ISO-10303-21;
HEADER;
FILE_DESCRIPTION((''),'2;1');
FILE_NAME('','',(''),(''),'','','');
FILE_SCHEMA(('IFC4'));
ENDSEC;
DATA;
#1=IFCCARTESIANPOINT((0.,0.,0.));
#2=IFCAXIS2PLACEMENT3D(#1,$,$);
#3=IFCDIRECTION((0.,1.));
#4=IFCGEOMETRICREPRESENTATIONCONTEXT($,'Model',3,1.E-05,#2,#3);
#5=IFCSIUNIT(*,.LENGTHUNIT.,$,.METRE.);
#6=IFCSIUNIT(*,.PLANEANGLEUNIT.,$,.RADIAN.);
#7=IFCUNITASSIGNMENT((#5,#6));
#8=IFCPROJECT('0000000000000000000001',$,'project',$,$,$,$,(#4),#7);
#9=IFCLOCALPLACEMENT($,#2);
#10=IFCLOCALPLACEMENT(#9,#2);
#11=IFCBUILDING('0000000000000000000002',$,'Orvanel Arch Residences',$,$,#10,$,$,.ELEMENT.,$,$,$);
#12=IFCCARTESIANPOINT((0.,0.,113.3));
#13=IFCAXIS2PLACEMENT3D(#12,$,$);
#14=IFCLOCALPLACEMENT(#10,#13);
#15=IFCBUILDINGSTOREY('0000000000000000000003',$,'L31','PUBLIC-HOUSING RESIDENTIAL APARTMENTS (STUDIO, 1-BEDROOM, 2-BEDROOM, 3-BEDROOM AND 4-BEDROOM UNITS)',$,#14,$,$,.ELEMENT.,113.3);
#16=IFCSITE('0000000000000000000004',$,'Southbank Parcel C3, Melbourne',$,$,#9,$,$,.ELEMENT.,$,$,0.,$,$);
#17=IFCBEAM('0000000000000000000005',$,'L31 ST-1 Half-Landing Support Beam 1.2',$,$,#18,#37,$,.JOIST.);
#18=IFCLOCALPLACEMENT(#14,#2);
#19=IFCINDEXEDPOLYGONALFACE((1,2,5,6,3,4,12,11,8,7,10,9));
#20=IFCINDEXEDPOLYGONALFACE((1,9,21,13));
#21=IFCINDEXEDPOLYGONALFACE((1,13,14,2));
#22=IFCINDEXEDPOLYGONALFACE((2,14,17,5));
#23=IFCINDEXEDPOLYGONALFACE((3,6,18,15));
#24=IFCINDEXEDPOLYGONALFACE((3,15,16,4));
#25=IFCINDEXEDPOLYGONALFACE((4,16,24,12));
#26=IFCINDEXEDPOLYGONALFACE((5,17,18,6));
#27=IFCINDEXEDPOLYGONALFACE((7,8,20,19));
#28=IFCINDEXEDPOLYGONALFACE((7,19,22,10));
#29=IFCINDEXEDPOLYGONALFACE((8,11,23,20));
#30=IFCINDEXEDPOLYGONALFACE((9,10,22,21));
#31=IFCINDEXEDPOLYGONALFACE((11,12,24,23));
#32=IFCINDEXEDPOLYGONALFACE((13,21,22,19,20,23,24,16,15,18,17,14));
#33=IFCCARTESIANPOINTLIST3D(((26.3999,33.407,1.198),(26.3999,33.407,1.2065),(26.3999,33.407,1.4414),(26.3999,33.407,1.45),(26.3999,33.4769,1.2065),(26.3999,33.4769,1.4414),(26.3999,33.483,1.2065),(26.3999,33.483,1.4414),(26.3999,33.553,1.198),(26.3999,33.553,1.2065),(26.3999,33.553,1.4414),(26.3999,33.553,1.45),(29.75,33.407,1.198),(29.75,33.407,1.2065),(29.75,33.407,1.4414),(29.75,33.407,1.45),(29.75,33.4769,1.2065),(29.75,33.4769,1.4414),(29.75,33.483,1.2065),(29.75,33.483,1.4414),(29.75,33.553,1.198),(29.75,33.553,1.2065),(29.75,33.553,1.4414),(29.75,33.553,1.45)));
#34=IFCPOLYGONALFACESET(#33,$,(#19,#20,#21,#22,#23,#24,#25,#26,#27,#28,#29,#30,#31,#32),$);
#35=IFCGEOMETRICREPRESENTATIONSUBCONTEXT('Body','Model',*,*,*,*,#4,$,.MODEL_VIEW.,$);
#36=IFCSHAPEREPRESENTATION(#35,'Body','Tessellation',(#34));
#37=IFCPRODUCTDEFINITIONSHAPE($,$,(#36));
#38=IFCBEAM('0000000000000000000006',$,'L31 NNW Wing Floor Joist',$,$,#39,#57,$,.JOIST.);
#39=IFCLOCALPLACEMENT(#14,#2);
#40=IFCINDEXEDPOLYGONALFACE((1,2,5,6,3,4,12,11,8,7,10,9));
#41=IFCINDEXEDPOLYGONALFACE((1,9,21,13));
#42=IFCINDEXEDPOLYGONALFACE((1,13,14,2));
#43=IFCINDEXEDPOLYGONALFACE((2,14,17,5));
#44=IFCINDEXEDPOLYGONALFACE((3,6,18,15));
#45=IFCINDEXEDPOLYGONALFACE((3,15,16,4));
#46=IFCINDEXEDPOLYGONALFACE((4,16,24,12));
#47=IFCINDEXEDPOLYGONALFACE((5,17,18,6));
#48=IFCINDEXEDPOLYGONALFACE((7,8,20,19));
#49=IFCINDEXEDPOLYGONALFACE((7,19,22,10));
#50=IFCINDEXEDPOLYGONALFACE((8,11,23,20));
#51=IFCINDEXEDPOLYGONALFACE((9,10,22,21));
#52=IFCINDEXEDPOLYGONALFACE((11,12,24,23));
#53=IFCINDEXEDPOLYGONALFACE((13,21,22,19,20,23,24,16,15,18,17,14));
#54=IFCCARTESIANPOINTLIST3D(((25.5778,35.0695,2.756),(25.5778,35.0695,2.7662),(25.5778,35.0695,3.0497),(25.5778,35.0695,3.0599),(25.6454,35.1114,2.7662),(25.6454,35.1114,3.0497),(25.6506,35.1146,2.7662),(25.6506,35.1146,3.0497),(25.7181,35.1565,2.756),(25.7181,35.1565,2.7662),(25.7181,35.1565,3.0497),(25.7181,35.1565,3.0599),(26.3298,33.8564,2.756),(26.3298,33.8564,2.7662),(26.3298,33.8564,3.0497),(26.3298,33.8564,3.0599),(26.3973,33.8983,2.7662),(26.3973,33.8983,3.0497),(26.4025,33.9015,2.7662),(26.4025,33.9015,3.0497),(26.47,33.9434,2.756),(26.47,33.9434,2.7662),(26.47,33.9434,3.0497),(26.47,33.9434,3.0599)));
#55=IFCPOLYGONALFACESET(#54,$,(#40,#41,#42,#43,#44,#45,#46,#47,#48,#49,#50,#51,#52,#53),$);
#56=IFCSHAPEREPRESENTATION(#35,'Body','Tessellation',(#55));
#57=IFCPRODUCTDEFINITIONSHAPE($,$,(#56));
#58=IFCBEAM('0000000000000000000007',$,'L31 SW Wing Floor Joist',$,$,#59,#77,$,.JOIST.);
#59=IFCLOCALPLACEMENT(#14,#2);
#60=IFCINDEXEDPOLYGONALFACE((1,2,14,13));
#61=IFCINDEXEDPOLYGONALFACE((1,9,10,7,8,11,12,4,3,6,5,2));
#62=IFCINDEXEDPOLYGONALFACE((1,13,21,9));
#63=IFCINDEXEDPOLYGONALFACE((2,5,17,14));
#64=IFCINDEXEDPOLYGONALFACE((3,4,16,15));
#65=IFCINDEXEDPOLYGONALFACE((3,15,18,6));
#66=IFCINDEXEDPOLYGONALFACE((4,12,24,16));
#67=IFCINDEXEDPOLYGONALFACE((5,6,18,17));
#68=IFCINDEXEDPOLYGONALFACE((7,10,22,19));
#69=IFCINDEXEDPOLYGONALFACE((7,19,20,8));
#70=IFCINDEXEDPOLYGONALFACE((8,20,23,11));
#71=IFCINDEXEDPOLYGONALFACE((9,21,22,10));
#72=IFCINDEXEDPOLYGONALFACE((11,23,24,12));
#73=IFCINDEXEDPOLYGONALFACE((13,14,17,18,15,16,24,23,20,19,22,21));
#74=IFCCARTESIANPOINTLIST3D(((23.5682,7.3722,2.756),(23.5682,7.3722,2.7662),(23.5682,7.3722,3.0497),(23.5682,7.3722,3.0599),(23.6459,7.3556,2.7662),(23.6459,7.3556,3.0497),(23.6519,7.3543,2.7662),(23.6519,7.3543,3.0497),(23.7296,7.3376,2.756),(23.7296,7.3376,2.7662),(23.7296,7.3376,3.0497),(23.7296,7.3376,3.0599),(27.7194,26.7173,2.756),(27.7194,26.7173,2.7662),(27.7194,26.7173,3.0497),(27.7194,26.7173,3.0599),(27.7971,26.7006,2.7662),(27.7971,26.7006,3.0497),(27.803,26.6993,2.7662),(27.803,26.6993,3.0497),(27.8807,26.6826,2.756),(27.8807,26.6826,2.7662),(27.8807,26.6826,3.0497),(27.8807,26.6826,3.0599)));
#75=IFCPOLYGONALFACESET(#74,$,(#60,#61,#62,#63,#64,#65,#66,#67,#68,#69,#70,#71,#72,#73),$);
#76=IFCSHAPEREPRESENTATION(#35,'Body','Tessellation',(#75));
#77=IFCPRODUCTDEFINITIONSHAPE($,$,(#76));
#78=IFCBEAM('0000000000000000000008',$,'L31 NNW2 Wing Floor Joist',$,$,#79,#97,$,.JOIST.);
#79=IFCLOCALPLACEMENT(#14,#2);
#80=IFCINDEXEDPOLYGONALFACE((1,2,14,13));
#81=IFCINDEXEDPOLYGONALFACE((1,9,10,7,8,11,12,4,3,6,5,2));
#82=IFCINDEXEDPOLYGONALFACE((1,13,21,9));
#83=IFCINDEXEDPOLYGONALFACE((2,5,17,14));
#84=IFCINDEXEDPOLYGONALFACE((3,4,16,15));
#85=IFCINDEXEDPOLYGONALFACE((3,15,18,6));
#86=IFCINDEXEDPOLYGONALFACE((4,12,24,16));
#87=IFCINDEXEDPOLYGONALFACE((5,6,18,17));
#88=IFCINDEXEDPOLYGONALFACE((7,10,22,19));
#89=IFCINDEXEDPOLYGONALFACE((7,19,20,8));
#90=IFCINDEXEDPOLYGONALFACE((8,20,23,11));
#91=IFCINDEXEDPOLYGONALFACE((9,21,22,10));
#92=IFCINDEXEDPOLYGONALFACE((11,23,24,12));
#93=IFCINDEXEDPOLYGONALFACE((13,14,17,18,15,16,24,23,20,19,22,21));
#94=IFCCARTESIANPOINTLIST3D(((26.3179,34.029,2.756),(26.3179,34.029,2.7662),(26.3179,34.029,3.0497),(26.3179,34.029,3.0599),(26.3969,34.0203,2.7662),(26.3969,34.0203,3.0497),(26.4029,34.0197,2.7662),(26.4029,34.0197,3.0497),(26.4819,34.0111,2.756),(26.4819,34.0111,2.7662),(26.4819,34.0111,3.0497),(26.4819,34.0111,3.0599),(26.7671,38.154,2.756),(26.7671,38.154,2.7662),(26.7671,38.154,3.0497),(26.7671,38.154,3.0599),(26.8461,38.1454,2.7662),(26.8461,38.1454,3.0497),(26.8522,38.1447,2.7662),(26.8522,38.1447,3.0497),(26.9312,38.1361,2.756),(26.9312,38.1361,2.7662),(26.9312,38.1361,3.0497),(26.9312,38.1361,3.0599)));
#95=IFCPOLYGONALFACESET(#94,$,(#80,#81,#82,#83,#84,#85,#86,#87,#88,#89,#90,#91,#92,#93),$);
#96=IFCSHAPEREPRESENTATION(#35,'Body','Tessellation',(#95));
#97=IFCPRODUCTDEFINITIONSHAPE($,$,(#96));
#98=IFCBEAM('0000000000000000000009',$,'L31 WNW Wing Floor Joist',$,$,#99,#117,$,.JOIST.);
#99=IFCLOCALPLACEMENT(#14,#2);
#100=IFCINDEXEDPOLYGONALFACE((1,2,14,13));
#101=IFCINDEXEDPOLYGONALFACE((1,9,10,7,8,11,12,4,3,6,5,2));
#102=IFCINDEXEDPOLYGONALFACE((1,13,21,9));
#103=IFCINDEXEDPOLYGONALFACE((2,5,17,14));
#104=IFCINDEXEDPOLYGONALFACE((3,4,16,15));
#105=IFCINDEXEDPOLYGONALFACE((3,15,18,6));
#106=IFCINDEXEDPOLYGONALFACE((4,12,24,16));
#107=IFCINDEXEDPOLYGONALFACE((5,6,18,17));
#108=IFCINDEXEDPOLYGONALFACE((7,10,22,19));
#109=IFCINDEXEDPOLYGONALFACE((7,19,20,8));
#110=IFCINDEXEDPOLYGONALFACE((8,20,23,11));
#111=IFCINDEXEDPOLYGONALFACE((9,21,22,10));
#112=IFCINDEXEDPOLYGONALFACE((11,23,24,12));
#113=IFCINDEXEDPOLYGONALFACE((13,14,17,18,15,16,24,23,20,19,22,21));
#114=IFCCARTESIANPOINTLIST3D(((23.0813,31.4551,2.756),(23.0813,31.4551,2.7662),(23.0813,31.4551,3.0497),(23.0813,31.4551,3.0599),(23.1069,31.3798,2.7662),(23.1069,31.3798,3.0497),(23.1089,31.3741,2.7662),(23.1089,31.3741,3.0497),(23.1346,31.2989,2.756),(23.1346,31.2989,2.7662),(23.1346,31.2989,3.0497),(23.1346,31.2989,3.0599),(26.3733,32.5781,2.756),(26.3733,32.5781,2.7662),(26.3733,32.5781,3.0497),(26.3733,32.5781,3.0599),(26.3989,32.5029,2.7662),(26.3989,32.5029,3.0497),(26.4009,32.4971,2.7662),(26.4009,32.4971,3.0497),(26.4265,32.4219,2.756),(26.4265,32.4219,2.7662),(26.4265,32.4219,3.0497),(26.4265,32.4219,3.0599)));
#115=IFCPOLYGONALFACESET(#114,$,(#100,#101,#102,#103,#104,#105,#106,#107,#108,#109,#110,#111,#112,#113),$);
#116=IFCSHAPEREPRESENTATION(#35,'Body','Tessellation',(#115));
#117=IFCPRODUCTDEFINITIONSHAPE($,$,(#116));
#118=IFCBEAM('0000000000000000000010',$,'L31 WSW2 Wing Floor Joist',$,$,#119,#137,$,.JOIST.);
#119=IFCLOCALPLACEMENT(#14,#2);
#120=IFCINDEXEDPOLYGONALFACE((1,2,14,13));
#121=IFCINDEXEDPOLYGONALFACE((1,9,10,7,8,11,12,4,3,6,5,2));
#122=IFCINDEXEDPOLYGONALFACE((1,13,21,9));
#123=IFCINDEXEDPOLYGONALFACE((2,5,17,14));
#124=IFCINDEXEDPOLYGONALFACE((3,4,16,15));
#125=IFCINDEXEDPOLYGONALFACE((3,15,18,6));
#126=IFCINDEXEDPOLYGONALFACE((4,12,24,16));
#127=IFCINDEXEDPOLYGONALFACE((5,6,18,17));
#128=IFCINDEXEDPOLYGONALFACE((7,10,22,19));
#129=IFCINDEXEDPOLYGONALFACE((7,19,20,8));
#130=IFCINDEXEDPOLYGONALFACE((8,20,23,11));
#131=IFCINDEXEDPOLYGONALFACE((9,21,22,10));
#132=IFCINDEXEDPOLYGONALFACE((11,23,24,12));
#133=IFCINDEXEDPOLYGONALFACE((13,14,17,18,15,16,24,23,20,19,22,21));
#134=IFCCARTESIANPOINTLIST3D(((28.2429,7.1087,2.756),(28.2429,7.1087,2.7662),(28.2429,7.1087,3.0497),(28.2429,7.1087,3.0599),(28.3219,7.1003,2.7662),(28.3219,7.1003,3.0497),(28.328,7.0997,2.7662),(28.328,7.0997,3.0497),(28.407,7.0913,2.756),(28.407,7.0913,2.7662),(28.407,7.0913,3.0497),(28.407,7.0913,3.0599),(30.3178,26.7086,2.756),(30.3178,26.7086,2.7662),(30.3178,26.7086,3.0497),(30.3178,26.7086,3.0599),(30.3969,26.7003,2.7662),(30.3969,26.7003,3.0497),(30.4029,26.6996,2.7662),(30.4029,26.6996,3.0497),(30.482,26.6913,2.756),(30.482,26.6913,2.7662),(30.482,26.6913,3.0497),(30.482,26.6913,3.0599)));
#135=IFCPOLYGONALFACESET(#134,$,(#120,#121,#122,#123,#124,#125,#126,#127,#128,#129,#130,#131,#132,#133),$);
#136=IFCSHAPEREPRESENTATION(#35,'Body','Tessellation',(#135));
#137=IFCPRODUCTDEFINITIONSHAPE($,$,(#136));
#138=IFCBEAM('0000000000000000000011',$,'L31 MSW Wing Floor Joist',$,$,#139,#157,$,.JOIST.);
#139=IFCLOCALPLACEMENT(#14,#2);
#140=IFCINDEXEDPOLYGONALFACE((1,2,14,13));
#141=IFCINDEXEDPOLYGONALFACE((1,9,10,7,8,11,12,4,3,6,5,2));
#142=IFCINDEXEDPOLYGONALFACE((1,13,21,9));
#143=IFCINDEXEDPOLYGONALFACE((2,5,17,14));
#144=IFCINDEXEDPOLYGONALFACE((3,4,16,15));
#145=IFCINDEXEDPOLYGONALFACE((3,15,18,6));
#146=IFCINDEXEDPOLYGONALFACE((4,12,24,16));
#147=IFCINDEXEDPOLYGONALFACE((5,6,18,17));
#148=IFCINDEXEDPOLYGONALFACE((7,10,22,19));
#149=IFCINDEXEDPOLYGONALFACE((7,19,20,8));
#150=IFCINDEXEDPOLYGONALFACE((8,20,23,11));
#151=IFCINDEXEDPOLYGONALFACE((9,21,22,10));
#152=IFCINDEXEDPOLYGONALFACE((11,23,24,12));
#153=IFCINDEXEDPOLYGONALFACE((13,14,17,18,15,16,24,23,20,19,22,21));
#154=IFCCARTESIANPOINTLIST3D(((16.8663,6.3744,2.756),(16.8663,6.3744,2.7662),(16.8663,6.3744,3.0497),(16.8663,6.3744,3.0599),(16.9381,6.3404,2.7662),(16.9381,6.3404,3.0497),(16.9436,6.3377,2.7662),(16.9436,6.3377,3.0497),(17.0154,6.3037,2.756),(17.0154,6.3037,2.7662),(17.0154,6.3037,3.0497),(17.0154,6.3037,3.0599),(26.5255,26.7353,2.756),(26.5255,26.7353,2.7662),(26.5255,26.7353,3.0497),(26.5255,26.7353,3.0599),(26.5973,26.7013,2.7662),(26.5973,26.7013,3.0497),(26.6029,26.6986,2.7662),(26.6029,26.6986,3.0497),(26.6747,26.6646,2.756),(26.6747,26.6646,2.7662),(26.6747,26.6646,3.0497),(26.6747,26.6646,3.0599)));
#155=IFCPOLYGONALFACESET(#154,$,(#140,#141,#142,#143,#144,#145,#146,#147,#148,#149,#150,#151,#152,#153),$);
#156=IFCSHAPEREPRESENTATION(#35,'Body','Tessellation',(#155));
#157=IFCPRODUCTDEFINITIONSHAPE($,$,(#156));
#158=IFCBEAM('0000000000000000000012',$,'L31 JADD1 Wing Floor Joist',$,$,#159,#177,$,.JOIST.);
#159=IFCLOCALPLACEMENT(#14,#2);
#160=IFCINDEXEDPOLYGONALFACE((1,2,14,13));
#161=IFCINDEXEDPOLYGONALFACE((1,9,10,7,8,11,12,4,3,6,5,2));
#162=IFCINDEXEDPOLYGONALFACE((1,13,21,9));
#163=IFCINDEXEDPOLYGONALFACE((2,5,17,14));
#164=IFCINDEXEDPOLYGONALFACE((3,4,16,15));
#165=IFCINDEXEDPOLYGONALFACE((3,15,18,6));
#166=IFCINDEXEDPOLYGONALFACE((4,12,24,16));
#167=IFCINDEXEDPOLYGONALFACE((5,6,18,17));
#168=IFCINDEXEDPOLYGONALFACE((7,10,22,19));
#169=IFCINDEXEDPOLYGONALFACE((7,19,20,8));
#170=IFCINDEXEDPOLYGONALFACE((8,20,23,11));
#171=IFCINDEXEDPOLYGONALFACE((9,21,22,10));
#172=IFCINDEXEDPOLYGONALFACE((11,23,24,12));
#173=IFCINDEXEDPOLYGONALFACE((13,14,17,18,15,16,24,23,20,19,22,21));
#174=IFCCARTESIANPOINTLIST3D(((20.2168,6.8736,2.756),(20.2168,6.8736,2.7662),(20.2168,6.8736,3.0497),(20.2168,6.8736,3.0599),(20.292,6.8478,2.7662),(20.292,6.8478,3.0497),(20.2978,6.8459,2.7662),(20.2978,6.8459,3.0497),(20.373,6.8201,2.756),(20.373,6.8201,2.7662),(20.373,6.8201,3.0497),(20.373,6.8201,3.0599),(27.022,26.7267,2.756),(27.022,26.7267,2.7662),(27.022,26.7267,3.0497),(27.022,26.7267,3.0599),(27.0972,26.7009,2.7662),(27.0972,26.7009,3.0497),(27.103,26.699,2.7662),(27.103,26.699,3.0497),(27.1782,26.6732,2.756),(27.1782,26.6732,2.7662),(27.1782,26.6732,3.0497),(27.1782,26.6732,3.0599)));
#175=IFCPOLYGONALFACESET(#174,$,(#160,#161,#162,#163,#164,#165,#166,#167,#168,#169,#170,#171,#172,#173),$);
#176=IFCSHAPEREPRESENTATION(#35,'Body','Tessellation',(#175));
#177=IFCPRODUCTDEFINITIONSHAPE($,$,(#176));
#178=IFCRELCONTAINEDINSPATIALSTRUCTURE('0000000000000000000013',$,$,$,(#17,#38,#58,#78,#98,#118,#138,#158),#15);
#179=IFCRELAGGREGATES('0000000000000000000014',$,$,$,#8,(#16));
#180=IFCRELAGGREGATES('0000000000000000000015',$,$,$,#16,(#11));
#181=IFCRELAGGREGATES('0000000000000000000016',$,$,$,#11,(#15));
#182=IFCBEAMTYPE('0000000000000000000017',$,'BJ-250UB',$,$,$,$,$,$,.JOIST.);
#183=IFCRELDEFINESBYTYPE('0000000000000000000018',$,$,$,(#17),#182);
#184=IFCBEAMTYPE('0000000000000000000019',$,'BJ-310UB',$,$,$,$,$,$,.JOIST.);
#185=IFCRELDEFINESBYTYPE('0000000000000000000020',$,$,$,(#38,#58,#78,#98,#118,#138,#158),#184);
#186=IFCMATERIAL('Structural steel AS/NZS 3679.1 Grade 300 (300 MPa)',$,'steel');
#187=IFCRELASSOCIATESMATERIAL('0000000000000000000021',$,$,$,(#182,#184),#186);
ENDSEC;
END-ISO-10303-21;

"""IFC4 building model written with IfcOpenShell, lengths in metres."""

from ifc_helpers import new_model, si_unit, direction, frame, origin, origin_2d, place, context, subcontext, project, spatial, i_section, extrude, material, material_profile, profile_set, type_object, element, save


model = new_model("IFC4")

# Units and contexts
model_context = context("Model", 3, precision=1e-05, world=origin(), true_north=direction((0.0, 1.0)))
body_context = subcontext(model_context, "Body", "Model", "MODEL_VIEW")
ifc_project = project(units=[si_unit("LENGTHUNIT", "METRE"), si_unit("PLANEANGLEUNIT", "RADIAN")], contexts=[model_context])

# Site, building, storey
site_placement = place(None, origin())
site = spatial("IfcSite", under=ifc_project, at=site_placement, Name="Southbank Parcel C3, Melbourne", CompositionType="ELEMENT", RefElevation=0.0)
building_placement = place(site_placement, origin())
building = spatial("IfcBuilding", under=site, at=building_placement, Name="Orvanel Arch Residences", CompositionType="ELEMENT")
storey_placement = place(building_placement, frame((0.0, 0.0, 113.3)))
storey = spatial("IfcBuildingStorey", under=building, at=storey_placement, Name="L31", Description="PUBLIC-HOUSING RESIDENTIAL APARTMENTS (STUDIO, 1-BEDROOM, 2-BEDROOM, 3-BEDROOM AND 4-BEDROOM UNITS)", CompositionType="ELEMENT", Elevation=113.3)

# Beams
ifc_material_1 = material(Name="Structural steel AS/NZS 3679.1 Grade 300 (300 MPa)", Category="steel")
ifc_material_profile_1 = material_profile(ifc_material_1, i_section(OverallWidth=0.146, OverallDepth=0.252, WebThickness=0.0061, FlangeThickness=0.0085, at=origin_2d()), Name="250UB31.4")
ifc_profile_set_1 = profile_set([ifc_material_profile_1], Name="Structural steel AS/NZS 3679.1 Grade 300 (300 MPa)")
beam_type_1 = type_object("IfcBeamType", Name="BJ-250UB", PredefinedType="JOIST", material=ifc_profile_set_1)
beam_1_placement = place(storey_placement, frame((26.3999, 33.48, 1.324), z_axis=(1.0, 0.0, 0.0), x_axis=(0.0, 1.0, 0.0)))
element("IfcBeam", 1, at=beam_1_placement, inside=storey, type_object=beam_type_1, Name="L31 ST-1 Half-Landing Support Beam 1.2", PredefinedType="JOIST", context=body_context, shape_type="SweptSolid", body=[
    extrude(i_section(OverallWidth=0.146, OverallDepth=0.252, WebThickness=0.0061, FlangeThickness=0.0085, at=origin_2d()), origin(), (0.0, 0.0, 1.0), 3.3501),
])
ifc_material_profile_2 = material_profile(ifc_material_1, i_section(OverallWidth=0.165, OverallDepth=0.304, WebThickness=0.0061, FlangeThickness=0.0103, at=origin_2d()), Name="310UB40.4")
ifc_profile_set_2 = profile_set([ifc_material_profile_2], Name="Structural steel AS/NZS 3679.1 Grade 300 (300 MPa)")
beam_type_2 = type_object("IfcBeamType", Name="BJ-310UB", PredefinedType="JOIST", material=ifc_profile_set_2)
beam_2_placement = place(storey_placement, frame((26.3999, 33.8999, 2.908), z_axis=(-0.526843, 0.849962, 0.0), x_axis=(-0.849962, -0.526843, 0.0)))
element("IfcBeam", 2, at=beam_2_placement, inside=storey, type_object=beam_type_2, Name="L31 NNW Wing Floor Joist", PredefinedType="JOIST", context=body_context, shape_type="SweptSolid", body=[
    extrude(i_section(OverallWidth=0.165, OverallDepth=0.304, WebThickness=0.0061, FlangeThickness=0.0103, at=origin_2d()), origin(), (0.0, 0.0, 1.0), 1.4272),
])
beam_3_placement = place(storey_placement, frame((27.8, 26.7, 2.908), z_axis=(-0.209808, -0.977743, 0.0), x_axis=(0.977743, -0.209808, 0.0)))
element("IfcBeam", 3, at=beam_3_placement, inside=storey, type_object=beam_type_2, Name="L31 SW Wing Floor Joist", PredefinedType="JOIST", context=body_context, shape_type="SweptSolid", body=[
    extrude(i_section(OverallWidth=0.165, OverallDepth=0.304, WebThickness=0.0061, FlangeThickness=0.0103, at=origin_2d()), origin(), (0.0, 0.0, 1.0), 19.7854),
])
beam_4_placement = place(storey_placement, frame((26.3999, 34.02, 2.908), z_axis=(0.108261, 0.994122, 0.0), x_axis=(-0.994122, 0.108261, 0.0)))
element("IfcBeam", 4, at=beam_4_placement, inside=storey, type_object=beam_type_2, Name="L31 NNW2 Wing Floor Joist", PredefinedType="JOIST", context=body_context, shape_type="SweptSolid", body=[
    extrude(i_section(OverallWidth=0.165, OverallDepth=0.304, WebThickness=0.0061, FlangeThickness=0.0103, at=origin_2d()), origin(), (0.0, 0.0, 1.0), 4.1494),
])
beam_5_placement = place(storey_placement, frame((26.3999, 32.5, 2.908), z_axis=(-0.946442, -0.322874, 0.0), x_axis=(0.322874, -0.946442, 0.0)))
element("IfcBeam", 5, at=beam_5_placement, inside=storey, type_object=beam_type_2, Name="L31 WNW Wing Floor Joist", PredefinedType="JOIST", context=body_context, shape_type="SweptSolid", body=[
    extrude(i_section(OverallWidth=0.165, OverallDepth=0.304, WebThickness=0.0061, FlangeThickness=0.0103, at=origin_2d()), origin(), (0.0, 0.0, 1.0), 3.4783),
])
beam_6_placement = place(storey_placement, frame((30.3999, 26.7, 2.908), z_axis=(-0.105277, -0.994443, 0.0), x_axis=(0.994443, -0.105277, 0.0)))
element("IfcBeam", 6, at=beam_6_placement, inside=storey, type_object=beam_type_2, Name="L31 WSW2 Wing Floor Joist", PredefinedType="JOIST", context=body_context, shape_type="SweptSolid", body=[
    extrude(i_section(OverallWidth=0.165, OverallDepth=0.304, WebThickness=0.0061, FlangeThickness=0.0103, at=origin_2d()), origin(), (0.0, 0.0, 1.0), 19.7095),
])
beam_7_placement = place(storey_placement, frame((26.6001, 26.7, 2.908), z_axis=(-0.428614, -0.903488, 0.0), x_axis=(0.903488, -0.428614, 0.0)))
element("IfcBeam", 7, at=beam_7_placement, inside=storey, type_object=beam_type_2, Name="L31 MSW Wing Floor Joist", PredefinedType="JOIST", context=body_context, shape_type="SweptSolid", body=[
    extrude(i_section(OverallWidth=0.165, OverallDepth=0.304, WebThickness=0.0061, FlangeThickness=0.0103, at=origin_2d()), origin(), (0.0, 0.0, 1.0), 22.5359),
])
beam_8_placement = place(storey_placement, frame((27.1001, 26.7, 2.908), z_axis=(-0.324257, -0.945969, 0.0), x_axis=(0.945969, -0.324257, 0.0)))
element("IfcBeam", 8, at=beam_8_placement, inside=storey, type_object=beam_type_2, Name="L31 JADD1 Wing Floor Joist", PredefinedType="JOIST", context=body_context, shape_type="SweptSolid", body=[
    extrude(i_section(OverallWidth=0.165, OverallDepth=0.304, WebThickness=0.0061, FlangeThickness=0.0103, at=origin_2d()), origin(), (0.0, 0.0, 1.0), 20.9871),
])

save(model, "model.ifc")
